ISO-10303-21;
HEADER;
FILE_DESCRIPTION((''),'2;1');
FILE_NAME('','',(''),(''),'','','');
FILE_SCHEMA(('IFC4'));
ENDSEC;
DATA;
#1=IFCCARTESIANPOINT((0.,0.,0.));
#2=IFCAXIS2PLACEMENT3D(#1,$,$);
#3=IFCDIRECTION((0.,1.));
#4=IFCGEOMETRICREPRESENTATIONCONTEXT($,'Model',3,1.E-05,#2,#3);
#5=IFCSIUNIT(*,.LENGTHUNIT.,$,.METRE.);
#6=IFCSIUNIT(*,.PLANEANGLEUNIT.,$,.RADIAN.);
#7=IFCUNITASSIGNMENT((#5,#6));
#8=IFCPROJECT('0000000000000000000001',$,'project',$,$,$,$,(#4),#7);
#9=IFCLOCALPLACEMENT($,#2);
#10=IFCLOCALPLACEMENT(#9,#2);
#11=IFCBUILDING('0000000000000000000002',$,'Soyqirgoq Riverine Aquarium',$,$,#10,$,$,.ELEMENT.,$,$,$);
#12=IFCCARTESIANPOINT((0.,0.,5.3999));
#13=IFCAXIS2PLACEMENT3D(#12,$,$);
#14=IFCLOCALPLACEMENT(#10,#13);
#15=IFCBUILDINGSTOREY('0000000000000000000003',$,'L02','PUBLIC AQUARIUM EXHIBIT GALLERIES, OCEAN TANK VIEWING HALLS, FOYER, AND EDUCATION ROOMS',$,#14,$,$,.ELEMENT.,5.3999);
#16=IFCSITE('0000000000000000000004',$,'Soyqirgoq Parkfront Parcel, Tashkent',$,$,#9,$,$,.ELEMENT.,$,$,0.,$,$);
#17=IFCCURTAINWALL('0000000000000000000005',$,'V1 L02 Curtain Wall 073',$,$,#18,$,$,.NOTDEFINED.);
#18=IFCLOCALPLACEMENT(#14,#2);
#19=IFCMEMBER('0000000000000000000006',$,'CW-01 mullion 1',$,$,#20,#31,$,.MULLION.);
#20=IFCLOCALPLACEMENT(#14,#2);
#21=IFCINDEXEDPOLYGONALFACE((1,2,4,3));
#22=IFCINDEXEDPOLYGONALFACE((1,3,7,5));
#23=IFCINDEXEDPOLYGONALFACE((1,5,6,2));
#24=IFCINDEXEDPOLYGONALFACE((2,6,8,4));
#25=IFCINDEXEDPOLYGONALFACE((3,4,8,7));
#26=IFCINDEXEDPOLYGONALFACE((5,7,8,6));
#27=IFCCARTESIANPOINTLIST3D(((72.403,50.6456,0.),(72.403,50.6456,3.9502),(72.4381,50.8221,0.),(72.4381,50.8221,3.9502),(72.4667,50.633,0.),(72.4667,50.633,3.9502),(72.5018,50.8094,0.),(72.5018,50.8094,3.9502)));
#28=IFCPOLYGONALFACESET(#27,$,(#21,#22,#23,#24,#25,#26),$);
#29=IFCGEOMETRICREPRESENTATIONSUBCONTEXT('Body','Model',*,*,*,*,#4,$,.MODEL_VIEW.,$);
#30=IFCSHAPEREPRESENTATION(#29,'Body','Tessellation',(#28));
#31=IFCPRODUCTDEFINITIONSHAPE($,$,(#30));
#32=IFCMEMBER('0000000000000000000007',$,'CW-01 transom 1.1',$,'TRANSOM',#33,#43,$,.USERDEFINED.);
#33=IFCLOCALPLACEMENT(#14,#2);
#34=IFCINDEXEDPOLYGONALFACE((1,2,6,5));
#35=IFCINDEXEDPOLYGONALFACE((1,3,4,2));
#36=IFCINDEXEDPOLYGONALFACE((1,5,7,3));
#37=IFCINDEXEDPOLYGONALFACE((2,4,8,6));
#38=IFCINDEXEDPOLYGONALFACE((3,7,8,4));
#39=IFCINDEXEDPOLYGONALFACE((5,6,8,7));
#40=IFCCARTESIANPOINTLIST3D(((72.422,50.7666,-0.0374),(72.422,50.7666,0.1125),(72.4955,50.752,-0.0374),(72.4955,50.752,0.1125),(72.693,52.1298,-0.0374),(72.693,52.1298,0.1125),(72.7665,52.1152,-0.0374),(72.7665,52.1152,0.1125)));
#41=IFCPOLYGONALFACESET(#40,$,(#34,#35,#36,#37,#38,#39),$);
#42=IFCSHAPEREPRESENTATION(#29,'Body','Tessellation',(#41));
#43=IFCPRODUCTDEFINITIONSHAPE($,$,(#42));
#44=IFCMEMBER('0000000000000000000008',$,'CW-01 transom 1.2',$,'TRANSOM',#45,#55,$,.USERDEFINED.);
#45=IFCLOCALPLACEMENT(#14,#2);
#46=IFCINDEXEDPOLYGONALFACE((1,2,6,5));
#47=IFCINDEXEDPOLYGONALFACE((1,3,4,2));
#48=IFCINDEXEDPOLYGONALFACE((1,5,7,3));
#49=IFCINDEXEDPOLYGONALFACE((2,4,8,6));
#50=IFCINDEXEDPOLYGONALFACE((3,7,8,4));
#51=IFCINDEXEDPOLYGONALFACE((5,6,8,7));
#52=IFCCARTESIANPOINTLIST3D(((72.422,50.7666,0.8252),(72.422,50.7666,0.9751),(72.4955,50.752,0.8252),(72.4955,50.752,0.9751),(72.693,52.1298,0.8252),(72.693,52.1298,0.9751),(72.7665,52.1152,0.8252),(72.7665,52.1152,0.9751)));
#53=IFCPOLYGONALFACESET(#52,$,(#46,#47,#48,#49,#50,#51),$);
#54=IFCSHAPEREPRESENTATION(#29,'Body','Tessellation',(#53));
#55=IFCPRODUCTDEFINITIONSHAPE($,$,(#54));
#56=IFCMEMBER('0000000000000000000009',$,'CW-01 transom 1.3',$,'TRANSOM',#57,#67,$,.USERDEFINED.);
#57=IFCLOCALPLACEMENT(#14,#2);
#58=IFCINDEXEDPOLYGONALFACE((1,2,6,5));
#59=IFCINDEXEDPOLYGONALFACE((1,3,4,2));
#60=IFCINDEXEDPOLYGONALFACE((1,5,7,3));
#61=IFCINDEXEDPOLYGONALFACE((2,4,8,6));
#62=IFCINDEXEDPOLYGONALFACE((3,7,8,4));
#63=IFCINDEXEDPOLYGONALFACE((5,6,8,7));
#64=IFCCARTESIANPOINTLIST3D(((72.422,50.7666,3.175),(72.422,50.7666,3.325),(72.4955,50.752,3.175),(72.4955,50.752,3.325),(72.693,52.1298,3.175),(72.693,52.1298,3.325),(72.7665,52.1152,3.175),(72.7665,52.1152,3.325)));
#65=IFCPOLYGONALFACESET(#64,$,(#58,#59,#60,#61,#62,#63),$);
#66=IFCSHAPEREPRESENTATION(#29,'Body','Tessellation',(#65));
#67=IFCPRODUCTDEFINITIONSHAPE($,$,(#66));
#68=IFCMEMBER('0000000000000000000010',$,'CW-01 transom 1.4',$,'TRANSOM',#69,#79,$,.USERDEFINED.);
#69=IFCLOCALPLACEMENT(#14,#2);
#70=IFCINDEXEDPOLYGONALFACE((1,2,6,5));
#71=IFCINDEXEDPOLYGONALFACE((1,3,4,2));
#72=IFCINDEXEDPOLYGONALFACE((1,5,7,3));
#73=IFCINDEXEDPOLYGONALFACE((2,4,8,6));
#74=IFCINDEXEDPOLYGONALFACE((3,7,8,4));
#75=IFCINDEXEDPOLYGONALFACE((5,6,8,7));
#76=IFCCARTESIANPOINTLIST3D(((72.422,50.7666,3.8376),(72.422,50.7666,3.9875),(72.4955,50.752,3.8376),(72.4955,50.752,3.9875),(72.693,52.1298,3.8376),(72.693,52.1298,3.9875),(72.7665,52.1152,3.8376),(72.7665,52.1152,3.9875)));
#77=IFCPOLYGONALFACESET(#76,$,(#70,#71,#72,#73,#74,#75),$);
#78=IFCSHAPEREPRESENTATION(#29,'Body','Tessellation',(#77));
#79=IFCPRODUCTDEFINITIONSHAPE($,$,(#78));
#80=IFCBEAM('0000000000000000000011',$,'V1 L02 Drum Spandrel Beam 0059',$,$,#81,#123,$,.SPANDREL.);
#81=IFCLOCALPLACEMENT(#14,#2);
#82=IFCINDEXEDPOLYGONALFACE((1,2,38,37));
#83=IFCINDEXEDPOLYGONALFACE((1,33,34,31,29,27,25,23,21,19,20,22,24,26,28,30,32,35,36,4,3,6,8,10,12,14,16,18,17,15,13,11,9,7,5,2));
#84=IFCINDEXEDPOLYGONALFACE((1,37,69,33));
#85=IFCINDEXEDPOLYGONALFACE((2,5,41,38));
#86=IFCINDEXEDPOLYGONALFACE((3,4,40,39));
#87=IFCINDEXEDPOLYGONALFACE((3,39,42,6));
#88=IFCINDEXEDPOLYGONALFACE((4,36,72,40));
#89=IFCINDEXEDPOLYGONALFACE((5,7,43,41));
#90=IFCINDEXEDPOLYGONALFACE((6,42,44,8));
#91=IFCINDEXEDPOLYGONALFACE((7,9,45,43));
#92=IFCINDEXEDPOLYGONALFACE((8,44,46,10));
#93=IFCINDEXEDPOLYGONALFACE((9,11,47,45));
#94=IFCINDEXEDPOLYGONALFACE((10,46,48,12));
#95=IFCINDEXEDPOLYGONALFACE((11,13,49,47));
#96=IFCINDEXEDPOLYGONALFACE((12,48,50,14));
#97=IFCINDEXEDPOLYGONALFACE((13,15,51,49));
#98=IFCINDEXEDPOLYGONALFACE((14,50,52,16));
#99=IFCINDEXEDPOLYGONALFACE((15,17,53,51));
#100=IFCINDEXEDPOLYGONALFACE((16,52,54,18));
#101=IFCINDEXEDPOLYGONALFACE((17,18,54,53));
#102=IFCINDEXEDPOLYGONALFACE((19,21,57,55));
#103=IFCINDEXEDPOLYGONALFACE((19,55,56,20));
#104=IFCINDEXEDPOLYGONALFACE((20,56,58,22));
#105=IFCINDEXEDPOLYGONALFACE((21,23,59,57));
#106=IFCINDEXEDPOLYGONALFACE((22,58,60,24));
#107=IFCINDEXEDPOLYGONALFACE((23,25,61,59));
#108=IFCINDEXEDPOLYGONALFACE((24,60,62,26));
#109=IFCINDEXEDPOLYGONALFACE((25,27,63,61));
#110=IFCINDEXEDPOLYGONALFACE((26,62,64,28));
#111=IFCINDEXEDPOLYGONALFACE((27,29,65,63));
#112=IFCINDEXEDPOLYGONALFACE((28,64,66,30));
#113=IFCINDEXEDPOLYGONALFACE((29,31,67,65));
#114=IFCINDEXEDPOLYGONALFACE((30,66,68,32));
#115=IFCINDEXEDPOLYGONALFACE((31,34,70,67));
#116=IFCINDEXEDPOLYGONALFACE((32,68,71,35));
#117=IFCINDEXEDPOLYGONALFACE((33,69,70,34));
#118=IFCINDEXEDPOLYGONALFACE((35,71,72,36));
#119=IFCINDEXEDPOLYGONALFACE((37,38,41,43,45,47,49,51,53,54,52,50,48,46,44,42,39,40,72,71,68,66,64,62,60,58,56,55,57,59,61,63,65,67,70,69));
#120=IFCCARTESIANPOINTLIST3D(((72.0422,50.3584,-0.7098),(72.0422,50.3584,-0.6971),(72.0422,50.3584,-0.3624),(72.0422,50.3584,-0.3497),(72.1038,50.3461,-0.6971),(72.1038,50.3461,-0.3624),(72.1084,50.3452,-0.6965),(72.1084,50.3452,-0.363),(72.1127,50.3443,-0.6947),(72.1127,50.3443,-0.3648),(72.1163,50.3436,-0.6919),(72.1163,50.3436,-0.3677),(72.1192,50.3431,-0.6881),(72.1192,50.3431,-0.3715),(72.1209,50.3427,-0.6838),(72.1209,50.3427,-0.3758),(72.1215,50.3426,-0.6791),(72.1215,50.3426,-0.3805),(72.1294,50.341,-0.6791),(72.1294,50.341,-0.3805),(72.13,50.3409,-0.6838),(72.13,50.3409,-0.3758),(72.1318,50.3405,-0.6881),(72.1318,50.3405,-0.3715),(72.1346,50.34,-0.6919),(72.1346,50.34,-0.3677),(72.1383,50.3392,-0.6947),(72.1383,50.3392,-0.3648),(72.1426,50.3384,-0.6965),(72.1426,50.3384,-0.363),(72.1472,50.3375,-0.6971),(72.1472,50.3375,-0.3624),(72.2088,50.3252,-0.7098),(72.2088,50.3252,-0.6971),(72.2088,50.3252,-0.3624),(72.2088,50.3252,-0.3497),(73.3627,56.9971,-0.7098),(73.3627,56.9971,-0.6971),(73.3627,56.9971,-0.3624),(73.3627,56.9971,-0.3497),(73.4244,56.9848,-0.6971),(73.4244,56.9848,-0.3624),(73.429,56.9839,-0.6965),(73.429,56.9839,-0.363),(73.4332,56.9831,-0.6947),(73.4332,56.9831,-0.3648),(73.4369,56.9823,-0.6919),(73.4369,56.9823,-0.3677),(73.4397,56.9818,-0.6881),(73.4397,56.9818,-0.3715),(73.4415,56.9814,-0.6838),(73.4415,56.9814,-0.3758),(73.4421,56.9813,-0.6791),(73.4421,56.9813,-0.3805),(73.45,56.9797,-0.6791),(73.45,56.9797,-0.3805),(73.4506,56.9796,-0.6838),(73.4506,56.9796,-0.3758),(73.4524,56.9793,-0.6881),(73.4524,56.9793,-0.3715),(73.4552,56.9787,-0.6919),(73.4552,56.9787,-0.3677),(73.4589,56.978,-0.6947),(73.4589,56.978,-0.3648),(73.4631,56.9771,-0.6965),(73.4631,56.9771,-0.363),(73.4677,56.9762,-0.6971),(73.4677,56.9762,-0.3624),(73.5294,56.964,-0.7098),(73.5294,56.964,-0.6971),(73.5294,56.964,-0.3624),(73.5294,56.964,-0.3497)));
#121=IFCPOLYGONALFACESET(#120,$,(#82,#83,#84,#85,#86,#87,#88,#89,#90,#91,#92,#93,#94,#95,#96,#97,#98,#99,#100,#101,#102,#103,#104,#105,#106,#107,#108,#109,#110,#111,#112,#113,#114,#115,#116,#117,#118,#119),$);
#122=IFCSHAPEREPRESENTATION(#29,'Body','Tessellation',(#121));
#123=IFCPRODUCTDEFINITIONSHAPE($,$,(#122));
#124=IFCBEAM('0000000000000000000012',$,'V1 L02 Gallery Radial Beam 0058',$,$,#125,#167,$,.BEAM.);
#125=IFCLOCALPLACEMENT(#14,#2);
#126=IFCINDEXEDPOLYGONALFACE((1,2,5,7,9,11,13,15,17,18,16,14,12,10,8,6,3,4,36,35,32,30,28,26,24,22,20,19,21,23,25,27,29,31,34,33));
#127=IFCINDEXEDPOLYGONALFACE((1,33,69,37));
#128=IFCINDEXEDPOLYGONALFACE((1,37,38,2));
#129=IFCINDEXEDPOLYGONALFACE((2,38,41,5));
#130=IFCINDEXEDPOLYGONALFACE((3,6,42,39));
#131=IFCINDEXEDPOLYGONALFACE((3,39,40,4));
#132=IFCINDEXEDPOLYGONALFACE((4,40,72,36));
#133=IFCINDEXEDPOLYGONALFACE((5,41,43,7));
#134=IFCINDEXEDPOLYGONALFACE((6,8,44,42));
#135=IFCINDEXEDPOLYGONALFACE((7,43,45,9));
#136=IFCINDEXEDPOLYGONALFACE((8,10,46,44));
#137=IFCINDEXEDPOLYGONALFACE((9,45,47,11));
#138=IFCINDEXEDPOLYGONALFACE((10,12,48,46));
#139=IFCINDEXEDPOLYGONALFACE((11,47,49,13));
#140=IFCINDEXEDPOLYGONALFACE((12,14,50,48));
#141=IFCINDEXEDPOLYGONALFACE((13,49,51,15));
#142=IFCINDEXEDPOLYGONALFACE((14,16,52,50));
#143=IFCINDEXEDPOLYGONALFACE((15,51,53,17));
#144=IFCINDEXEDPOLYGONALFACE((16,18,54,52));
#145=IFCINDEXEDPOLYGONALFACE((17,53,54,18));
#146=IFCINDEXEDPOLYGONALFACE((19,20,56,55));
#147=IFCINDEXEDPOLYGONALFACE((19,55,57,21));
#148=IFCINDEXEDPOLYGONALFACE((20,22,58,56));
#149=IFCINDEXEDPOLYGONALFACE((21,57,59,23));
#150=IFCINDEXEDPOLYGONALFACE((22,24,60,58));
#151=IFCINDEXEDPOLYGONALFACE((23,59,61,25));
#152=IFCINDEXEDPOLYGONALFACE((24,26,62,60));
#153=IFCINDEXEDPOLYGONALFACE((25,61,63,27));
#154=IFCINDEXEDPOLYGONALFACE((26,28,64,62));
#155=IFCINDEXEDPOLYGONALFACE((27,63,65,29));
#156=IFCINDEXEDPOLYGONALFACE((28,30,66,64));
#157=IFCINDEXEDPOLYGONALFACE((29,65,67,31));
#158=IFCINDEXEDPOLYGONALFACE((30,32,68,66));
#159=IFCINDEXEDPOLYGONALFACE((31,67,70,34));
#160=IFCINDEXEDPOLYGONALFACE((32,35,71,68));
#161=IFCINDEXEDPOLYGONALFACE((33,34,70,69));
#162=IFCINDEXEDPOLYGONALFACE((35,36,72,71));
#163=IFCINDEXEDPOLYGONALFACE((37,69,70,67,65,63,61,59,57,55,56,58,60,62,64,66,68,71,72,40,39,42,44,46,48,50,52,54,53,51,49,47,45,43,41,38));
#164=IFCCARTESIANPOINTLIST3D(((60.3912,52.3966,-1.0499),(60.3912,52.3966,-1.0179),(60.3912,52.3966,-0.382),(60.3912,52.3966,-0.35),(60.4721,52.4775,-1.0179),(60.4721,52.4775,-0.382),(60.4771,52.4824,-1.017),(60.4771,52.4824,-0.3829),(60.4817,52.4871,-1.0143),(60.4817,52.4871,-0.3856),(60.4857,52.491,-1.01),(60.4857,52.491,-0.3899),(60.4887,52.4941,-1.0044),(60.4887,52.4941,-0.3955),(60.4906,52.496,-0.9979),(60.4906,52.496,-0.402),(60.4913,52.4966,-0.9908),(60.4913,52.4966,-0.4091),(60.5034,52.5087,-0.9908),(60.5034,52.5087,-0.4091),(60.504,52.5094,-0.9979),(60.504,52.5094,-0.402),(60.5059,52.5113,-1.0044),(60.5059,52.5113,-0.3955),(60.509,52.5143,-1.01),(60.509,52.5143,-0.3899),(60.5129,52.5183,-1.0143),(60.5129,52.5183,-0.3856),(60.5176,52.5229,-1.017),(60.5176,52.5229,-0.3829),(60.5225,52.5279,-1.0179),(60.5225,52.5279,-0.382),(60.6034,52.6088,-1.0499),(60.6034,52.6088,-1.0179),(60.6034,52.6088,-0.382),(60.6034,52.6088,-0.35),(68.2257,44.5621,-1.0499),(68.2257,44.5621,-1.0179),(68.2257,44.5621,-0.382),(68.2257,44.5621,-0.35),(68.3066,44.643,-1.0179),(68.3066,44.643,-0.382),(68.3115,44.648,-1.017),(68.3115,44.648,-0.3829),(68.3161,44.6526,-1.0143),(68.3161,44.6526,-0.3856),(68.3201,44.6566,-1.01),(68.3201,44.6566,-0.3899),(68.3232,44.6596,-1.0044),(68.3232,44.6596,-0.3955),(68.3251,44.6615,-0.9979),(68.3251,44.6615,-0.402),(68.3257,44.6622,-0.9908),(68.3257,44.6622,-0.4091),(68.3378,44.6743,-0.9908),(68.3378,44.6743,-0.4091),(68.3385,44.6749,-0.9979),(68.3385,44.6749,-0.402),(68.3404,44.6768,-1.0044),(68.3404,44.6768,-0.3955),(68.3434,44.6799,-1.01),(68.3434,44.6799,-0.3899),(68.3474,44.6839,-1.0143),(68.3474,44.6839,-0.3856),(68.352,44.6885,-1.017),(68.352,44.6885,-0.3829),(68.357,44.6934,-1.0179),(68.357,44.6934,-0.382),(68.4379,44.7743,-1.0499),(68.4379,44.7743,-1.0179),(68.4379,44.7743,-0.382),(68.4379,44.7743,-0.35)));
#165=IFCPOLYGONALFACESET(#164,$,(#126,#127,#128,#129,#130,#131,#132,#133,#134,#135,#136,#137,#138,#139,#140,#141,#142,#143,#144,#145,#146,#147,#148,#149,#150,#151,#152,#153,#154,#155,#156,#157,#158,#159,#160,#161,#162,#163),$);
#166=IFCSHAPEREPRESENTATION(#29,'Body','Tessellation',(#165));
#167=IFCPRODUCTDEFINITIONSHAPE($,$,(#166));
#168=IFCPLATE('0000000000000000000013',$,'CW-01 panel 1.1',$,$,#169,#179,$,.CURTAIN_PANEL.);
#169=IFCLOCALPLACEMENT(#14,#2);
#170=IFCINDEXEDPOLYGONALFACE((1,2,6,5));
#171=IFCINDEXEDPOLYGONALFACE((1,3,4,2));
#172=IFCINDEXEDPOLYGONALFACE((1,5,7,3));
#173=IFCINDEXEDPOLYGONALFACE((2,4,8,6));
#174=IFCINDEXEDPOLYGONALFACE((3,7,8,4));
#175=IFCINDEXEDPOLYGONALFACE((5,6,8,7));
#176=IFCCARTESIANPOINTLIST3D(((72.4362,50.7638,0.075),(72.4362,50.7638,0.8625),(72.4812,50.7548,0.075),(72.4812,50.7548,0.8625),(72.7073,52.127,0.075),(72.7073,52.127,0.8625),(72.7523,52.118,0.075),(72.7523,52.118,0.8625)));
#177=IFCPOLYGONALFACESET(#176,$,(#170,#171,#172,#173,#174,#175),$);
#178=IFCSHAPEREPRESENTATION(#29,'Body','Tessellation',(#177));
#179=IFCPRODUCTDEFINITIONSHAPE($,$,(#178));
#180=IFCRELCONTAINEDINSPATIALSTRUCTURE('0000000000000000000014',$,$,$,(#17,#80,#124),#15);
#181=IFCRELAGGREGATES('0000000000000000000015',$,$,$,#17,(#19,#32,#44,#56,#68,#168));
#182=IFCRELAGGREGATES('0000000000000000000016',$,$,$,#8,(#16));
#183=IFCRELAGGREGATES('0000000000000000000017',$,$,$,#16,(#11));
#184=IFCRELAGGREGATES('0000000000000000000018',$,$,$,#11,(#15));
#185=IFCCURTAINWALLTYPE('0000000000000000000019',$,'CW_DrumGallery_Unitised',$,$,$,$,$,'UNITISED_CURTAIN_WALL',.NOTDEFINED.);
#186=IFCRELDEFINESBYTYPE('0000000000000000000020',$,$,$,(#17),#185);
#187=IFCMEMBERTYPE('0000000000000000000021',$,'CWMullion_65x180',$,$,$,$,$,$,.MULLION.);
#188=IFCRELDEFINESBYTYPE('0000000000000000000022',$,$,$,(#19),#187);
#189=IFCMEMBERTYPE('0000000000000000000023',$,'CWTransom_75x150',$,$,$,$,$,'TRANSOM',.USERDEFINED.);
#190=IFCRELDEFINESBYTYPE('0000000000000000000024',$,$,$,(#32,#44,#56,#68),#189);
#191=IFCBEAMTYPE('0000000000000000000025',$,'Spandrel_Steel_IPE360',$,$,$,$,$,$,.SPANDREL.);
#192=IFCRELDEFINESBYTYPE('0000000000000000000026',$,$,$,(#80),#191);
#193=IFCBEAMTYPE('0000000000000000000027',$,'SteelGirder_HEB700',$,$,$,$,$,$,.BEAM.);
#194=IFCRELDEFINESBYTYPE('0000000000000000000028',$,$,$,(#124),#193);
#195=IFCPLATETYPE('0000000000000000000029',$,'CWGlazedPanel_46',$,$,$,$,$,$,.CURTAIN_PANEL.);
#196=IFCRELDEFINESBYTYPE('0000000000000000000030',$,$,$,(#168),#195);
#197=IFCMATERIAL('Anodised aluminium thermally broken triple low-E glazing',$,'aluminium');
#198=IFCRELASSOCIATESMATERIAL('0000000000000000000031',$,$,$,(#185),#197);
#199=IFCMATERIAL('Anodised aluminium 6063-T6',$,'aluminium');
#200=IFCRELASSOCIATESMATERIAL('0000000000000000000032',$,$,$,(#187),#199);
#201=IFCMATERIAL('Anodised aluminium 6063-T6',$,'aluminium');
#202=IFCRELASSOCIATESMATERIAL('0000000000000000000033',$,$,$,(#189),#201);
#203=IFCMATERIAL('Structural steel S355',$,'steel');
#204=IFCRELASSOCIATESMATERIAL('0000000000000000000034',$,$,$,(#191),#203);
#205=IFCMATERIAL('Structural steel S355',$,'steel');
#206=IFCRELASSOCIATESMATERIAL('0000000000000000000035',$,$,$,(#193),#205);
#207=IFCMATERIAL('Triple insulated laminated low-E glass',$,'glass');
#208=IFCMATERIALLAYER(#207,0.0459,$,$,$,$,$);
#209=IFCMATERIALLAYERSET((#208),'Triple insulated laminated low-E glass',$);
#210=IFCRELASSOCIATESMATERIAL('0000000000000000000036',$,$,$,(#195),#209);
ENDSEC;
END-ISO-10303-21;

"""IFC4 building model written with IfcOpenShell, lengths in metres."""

from ifc_helpers import new_model, si_unit, direction, frame, origin, origin_2d, place, context, subcontext, project, spatial, rectangle, i_section, extrude, material, layer, layer_set, material_profile, profile_set, type_object, element, aggregate, save


model = new_model("IFC4")

# Units and contexts
model_context = context("Model", 3, precision=1e-05, world=origin(), true_north=direction((0.0, 1.0)))
body_context = subcontext(model_context, "Body", "Model", "MODEL_VIEW")
ifc_project = project(units=[si_unit("LENGTHUNIT", "METRE"), si_unit("PLANEANGLEUNIT", "RADIAN")], contexts=[model_context])

# Site, building, storey
site_placement = place(None, origin())
site = spatial("IfcSite", under=ifc_project, at=site_placement, Name="Soyqirgoq Parkfront Parcel, Tashkent", CompositionType="ELEMENT", RefElevation=0.0)
building_placement = place(site_placement, origin())
building = spatial("IfcBuilding", under=site, at=building_placement, Name="Soyqirgoq Riverine Aquarium", CompositionType="ELEMENT")
storey_placement = place(building_placement, frame((0.0, 0.0, 5.3999)))
storey = spatial("IfcBuildingStorey", under=building, at=storey_placement, Name="L02", Description="PUBLIC AQUARIUM EXHIBIT GALLERIES, OCEAN TANK VIEWING HALLS, FOYER, AND EDUCATION ROOMS", CompositionType="ELEMENT", Elevation=5.3999)

# Curtain wall, members
ifc_material_1 = material(Name="Anodised aluminium thermally broken triple low-E glazing", Category="aluminium")
curtain_wall_type = type_object("IfcCurtainWallType", Name="CW_DrumGallery_Unitised", ElementType="UNITISED_CURTAIN_WALL", PredefinedType="NOTDEFINED", material=ifc_material_1)
curtain_wall_placement = place(storey_placement, origin())
curtain_wall = element("IfcCurtainWall", 1, at=curtain_wall_placement, inside=storey, type_object=curtain_wall_type, Name="V1 L02 Curtain Wall 073", PredefinedType="NOTDEFINED")
ifc_material_2 = material(Name="Anodised aluminium 6063-T6", Category="aluminium")
ifc_material_profile_1 = material_profile(ifc_material_2, rectangle(XDim=0.0649, YDim=0.1799, at=origin_2d()), Name="ALU-M 65x180")
ifc_profile_set_1 = profile_set([ifc_material_profile_1], Name="Anodised aluminium 6063-T6")
member_type_1 = type_object("IfcMemberType", Name="CWMullion_65x180", PredefinedType="MULLION", material=ifc_profile_set_1)
member_1_placement = place(storey_placement, frame((72.4524, 50.7275, 0.0), z_axis=(0.0, 0.0, 1.0), x_axis=(-0.980786, 0.195088, 0.0)))
member_1 = element("IfcMember", 2, at=member_1_placement, type_object=member_type_1, Name="CW-01 mullion 1", PredefinedType="MULLION", context=body_context, shape_type="SweptSolid", body=[
    extrude(rectangle(XDim=0.0649, YDim=0.1799, at=origin_2d()), origin(), (0.0, 0.0, 1.0), 3.9502),
])
ifc_material_3 = material(Name="Anodised aluminium 6063-T6", Category="aluminium")
ifc_material_profile_2 = material_profile(ifc_material_3, rectangle(XDim=0.075, YDim=0.1499, at=origin_2d()), Name="ALU-T 75x150")
ifc_profile_set_2 = profile_set([ifc_material_profile_2], Name="Anodised aluminium 6063-T6")
member_type_2 = type_object("IfcMemberType", Name="CWTransom_75x150", ElementType="TRANSOM", PredefinedType="USERDEFINED", material=ifc_profile_set_2)
member_2_placement = place(storey_placement, frame((72.4587, 50.7593, 0.0376), z_axis=(0.194968, 0.98081, 0.0), x_axis=(-0.98081, 0.194968, 0.0)))
member_2 = element("IfcMember", 3, at=member_2_placement, type_object=member_type_2, Name="CW-01 transom 1.1", ObjectType="TRANSOM", PredefinedType="USERDEFINED", context=body_context, shape_type="SweptSolid", body=[
    extrude(rectangle(XDim=0.075, YDim=0.1499, at=origin_2d()), origin(), (0.0, 0.0, 1.0), 1.3899),
])
member_3_placement = place(storey_placement, frame((72.4587, 50.7593, 0.9001), z_axis=(0.194968, 0.98081, 0.0), x_axis=(-0.98081, 0.194968, 0.0)))
member_3 = element("IfcMember", 4, at=member_3_placement, type_object=member_type_2, Name="CW-01 transom 1.2", ObjectType="TRANSOM", PredefinedType="USERDEFINED", context=body_context, shape_type="SweptSolid", body=[
    extrude(rectangle(XDim=0.075, YDim=0.1499, at=origin_2d()), origin(), (0.0, 0.0, 1.0), 1.3899),
])
member_4_placement = place(storey_placement, frame((72.4587, 50.7593, 3.25), z_axis=(0.194968, 0.98081, 0.0), x_axis=(-0.98081, 0.194968, 0.0)))
member_4 = element("IfcMember", 5, at=member_4_placement, type_object=member_type_2, Name="CW-01 transom 1.3", ObjectType="TRANSOM", PredefinedType="USERDEFINED", context=body_context, shape_type="SweptSolid", body=[
    extrude(rectangle(XDim=0.075, YDim=0.1499, at=origin_2d()), origin(), (0.0, 0.0, 1.0), 1.3899),
])
member_5_placement = place(storey_placement, frame((72.4587, 50.7593, 3.9126), z_axis=(0.194968, 0.98081, 0.0), x_axis=(-0.98081, 0.194968, 0.0)))
member_5 = element("IfcMember", 6, at=member_5_placement, type_object=member_type_2, Name="CW-01 transom 1.4", ObjectType="TRANSOM", PredefinedType="USERDEFINED", context=body_context, shape_type="SweptSolid", body=[
    extrude(rectangle(XDim=0.075, YDim=0.1499, at=origin_2d()), origin(), (0.0, 0.0, 1.0), 1.3899),
])

# Beams
ifc_material_4 = material(Name="Structural steel S355", Category="steel")
ifc_material_profile_3 = material_profile(ifc_material_4, i_section(OverallWidth=0.1699, OverallDepth=0.3601, WebThickness=0.0081, FlangeThickness=0.0127, FilletRadius=0.0181, at=origin_2d()), Name="IPE 360")
ifc_profile_set_3 = profile_set([ifc_material_profile_3], Name="Structural steel S355")
beam_type_1 = type_object("IfcBeamType", Name="Spandrel_Steel_IPE360", PredefinedType="SPANDREL", material=ifc_profile_set_3)
beam_1_placement = place(storey_placement, frame((72.1255, 50.3418, -0.5298), z_axis=(0.195096, 0.980784, 0.0), x_axis=(-0.980784, 0.195096, 0.0)))
element("IfcBeam", 7, at=beam_1_placement, inside=storey, type_object=beam_type_1, Name="V1 L02 Drum Spandrel Beam 0059", PredefinedType="SPANDREL", context=body_context, shape_type="SweptSolid", body=[
    extrude(i_section(OverallWidth=0.1699, OverallDepth=0.3601, WebThickness=0.0081, FlangeThickness=0.0127, FilletRadius=0.0181, at=origin_2d()), origin(), (0.0, 0.0, 1.0), 6.7688),
])
ifc_material_5 = material(Name="Structural steel S355", Category="steel")
ifc_material_profile_4 = material_profile(ifc_material_5, i_section(OverallWidth=0.3, OverallDepth=0.7, WebThickness=0.0171, FlangeThickness=0.032, FilletRadius=0.0271, at=origin_2d()), Name="HEB 700")
ifc_profile_set_4 = profile_set([ifc_material_profile_4], Name="Structural steel S355")
beam_type_2 = type_object("IfcBeamType", Name="SteelGirder_HEB700", PredefinedType="BEAM", material=ifc_profile_set_4)
beam_2_placement = place(storey_placement, frame((60.4973, 52.5027, -0.7), z_axis=(0.707107, -0.707107, 0.0), x_axis=(0.707107, 0.707107, 0.0)))
element("IfcBeam", 8, at=beam_2_placement, inside=storey, type_object=beam_type_2, Name="V1 L02 Gallery Radial Beam 0058", PredefinedType="BEAM", context=body_context, shape_type="SweptSolid", body=[
    extrude(i_section(OverallWidth=0.3, OverallDepth=0.7, WebThickness=0.0171, FlangeThickness=0.032, FilletRadius=0.0271, at=origin_2d()), origin(), (0.0, 0.0, 1.0), 11.0796),
])

# Plate
ifc_material_6 = material(Name="Triple insulated laminated low-E glass", Category="glass")
ifc_layer_1 = layer(ifc_material_6, 0.0459)
ifc_layer_set_1 = layer_set([ifc_layer_1], Name="Triple insulated laminated low-E glass")
plate_type = type_object("IfcPlateType", Name="CWGlazedPanel_46", PredefinedType="CURTAIN_PANEL", material=ifc_layer_set_1)
plate_placement = place(storey_placement, frame((72.5942, 51.4409, 0.075), z_axis=(0.0, 0.0, 1.0), x_axis=(0.195088, 0.980786, 0.0)))
plate = element("IfcPlate", 9, at=plate_placement, type_object=plate_type, Name="CW-01 panel 1.1", PredefinedType="CURTAIN_PANEL", context=body_context, shape_type="SweptSolid", body=[
    extrude(rectangle(XDim=1.3899, YDim=0.0459, at=origin_2d()), origin(), (0.0, 0.0, 1.0), 0.7876),
])
aggregate(curtain_wall, [member_1, member_2, member_3, member_4, member_5, plate])

save(model, "model.ifc")
